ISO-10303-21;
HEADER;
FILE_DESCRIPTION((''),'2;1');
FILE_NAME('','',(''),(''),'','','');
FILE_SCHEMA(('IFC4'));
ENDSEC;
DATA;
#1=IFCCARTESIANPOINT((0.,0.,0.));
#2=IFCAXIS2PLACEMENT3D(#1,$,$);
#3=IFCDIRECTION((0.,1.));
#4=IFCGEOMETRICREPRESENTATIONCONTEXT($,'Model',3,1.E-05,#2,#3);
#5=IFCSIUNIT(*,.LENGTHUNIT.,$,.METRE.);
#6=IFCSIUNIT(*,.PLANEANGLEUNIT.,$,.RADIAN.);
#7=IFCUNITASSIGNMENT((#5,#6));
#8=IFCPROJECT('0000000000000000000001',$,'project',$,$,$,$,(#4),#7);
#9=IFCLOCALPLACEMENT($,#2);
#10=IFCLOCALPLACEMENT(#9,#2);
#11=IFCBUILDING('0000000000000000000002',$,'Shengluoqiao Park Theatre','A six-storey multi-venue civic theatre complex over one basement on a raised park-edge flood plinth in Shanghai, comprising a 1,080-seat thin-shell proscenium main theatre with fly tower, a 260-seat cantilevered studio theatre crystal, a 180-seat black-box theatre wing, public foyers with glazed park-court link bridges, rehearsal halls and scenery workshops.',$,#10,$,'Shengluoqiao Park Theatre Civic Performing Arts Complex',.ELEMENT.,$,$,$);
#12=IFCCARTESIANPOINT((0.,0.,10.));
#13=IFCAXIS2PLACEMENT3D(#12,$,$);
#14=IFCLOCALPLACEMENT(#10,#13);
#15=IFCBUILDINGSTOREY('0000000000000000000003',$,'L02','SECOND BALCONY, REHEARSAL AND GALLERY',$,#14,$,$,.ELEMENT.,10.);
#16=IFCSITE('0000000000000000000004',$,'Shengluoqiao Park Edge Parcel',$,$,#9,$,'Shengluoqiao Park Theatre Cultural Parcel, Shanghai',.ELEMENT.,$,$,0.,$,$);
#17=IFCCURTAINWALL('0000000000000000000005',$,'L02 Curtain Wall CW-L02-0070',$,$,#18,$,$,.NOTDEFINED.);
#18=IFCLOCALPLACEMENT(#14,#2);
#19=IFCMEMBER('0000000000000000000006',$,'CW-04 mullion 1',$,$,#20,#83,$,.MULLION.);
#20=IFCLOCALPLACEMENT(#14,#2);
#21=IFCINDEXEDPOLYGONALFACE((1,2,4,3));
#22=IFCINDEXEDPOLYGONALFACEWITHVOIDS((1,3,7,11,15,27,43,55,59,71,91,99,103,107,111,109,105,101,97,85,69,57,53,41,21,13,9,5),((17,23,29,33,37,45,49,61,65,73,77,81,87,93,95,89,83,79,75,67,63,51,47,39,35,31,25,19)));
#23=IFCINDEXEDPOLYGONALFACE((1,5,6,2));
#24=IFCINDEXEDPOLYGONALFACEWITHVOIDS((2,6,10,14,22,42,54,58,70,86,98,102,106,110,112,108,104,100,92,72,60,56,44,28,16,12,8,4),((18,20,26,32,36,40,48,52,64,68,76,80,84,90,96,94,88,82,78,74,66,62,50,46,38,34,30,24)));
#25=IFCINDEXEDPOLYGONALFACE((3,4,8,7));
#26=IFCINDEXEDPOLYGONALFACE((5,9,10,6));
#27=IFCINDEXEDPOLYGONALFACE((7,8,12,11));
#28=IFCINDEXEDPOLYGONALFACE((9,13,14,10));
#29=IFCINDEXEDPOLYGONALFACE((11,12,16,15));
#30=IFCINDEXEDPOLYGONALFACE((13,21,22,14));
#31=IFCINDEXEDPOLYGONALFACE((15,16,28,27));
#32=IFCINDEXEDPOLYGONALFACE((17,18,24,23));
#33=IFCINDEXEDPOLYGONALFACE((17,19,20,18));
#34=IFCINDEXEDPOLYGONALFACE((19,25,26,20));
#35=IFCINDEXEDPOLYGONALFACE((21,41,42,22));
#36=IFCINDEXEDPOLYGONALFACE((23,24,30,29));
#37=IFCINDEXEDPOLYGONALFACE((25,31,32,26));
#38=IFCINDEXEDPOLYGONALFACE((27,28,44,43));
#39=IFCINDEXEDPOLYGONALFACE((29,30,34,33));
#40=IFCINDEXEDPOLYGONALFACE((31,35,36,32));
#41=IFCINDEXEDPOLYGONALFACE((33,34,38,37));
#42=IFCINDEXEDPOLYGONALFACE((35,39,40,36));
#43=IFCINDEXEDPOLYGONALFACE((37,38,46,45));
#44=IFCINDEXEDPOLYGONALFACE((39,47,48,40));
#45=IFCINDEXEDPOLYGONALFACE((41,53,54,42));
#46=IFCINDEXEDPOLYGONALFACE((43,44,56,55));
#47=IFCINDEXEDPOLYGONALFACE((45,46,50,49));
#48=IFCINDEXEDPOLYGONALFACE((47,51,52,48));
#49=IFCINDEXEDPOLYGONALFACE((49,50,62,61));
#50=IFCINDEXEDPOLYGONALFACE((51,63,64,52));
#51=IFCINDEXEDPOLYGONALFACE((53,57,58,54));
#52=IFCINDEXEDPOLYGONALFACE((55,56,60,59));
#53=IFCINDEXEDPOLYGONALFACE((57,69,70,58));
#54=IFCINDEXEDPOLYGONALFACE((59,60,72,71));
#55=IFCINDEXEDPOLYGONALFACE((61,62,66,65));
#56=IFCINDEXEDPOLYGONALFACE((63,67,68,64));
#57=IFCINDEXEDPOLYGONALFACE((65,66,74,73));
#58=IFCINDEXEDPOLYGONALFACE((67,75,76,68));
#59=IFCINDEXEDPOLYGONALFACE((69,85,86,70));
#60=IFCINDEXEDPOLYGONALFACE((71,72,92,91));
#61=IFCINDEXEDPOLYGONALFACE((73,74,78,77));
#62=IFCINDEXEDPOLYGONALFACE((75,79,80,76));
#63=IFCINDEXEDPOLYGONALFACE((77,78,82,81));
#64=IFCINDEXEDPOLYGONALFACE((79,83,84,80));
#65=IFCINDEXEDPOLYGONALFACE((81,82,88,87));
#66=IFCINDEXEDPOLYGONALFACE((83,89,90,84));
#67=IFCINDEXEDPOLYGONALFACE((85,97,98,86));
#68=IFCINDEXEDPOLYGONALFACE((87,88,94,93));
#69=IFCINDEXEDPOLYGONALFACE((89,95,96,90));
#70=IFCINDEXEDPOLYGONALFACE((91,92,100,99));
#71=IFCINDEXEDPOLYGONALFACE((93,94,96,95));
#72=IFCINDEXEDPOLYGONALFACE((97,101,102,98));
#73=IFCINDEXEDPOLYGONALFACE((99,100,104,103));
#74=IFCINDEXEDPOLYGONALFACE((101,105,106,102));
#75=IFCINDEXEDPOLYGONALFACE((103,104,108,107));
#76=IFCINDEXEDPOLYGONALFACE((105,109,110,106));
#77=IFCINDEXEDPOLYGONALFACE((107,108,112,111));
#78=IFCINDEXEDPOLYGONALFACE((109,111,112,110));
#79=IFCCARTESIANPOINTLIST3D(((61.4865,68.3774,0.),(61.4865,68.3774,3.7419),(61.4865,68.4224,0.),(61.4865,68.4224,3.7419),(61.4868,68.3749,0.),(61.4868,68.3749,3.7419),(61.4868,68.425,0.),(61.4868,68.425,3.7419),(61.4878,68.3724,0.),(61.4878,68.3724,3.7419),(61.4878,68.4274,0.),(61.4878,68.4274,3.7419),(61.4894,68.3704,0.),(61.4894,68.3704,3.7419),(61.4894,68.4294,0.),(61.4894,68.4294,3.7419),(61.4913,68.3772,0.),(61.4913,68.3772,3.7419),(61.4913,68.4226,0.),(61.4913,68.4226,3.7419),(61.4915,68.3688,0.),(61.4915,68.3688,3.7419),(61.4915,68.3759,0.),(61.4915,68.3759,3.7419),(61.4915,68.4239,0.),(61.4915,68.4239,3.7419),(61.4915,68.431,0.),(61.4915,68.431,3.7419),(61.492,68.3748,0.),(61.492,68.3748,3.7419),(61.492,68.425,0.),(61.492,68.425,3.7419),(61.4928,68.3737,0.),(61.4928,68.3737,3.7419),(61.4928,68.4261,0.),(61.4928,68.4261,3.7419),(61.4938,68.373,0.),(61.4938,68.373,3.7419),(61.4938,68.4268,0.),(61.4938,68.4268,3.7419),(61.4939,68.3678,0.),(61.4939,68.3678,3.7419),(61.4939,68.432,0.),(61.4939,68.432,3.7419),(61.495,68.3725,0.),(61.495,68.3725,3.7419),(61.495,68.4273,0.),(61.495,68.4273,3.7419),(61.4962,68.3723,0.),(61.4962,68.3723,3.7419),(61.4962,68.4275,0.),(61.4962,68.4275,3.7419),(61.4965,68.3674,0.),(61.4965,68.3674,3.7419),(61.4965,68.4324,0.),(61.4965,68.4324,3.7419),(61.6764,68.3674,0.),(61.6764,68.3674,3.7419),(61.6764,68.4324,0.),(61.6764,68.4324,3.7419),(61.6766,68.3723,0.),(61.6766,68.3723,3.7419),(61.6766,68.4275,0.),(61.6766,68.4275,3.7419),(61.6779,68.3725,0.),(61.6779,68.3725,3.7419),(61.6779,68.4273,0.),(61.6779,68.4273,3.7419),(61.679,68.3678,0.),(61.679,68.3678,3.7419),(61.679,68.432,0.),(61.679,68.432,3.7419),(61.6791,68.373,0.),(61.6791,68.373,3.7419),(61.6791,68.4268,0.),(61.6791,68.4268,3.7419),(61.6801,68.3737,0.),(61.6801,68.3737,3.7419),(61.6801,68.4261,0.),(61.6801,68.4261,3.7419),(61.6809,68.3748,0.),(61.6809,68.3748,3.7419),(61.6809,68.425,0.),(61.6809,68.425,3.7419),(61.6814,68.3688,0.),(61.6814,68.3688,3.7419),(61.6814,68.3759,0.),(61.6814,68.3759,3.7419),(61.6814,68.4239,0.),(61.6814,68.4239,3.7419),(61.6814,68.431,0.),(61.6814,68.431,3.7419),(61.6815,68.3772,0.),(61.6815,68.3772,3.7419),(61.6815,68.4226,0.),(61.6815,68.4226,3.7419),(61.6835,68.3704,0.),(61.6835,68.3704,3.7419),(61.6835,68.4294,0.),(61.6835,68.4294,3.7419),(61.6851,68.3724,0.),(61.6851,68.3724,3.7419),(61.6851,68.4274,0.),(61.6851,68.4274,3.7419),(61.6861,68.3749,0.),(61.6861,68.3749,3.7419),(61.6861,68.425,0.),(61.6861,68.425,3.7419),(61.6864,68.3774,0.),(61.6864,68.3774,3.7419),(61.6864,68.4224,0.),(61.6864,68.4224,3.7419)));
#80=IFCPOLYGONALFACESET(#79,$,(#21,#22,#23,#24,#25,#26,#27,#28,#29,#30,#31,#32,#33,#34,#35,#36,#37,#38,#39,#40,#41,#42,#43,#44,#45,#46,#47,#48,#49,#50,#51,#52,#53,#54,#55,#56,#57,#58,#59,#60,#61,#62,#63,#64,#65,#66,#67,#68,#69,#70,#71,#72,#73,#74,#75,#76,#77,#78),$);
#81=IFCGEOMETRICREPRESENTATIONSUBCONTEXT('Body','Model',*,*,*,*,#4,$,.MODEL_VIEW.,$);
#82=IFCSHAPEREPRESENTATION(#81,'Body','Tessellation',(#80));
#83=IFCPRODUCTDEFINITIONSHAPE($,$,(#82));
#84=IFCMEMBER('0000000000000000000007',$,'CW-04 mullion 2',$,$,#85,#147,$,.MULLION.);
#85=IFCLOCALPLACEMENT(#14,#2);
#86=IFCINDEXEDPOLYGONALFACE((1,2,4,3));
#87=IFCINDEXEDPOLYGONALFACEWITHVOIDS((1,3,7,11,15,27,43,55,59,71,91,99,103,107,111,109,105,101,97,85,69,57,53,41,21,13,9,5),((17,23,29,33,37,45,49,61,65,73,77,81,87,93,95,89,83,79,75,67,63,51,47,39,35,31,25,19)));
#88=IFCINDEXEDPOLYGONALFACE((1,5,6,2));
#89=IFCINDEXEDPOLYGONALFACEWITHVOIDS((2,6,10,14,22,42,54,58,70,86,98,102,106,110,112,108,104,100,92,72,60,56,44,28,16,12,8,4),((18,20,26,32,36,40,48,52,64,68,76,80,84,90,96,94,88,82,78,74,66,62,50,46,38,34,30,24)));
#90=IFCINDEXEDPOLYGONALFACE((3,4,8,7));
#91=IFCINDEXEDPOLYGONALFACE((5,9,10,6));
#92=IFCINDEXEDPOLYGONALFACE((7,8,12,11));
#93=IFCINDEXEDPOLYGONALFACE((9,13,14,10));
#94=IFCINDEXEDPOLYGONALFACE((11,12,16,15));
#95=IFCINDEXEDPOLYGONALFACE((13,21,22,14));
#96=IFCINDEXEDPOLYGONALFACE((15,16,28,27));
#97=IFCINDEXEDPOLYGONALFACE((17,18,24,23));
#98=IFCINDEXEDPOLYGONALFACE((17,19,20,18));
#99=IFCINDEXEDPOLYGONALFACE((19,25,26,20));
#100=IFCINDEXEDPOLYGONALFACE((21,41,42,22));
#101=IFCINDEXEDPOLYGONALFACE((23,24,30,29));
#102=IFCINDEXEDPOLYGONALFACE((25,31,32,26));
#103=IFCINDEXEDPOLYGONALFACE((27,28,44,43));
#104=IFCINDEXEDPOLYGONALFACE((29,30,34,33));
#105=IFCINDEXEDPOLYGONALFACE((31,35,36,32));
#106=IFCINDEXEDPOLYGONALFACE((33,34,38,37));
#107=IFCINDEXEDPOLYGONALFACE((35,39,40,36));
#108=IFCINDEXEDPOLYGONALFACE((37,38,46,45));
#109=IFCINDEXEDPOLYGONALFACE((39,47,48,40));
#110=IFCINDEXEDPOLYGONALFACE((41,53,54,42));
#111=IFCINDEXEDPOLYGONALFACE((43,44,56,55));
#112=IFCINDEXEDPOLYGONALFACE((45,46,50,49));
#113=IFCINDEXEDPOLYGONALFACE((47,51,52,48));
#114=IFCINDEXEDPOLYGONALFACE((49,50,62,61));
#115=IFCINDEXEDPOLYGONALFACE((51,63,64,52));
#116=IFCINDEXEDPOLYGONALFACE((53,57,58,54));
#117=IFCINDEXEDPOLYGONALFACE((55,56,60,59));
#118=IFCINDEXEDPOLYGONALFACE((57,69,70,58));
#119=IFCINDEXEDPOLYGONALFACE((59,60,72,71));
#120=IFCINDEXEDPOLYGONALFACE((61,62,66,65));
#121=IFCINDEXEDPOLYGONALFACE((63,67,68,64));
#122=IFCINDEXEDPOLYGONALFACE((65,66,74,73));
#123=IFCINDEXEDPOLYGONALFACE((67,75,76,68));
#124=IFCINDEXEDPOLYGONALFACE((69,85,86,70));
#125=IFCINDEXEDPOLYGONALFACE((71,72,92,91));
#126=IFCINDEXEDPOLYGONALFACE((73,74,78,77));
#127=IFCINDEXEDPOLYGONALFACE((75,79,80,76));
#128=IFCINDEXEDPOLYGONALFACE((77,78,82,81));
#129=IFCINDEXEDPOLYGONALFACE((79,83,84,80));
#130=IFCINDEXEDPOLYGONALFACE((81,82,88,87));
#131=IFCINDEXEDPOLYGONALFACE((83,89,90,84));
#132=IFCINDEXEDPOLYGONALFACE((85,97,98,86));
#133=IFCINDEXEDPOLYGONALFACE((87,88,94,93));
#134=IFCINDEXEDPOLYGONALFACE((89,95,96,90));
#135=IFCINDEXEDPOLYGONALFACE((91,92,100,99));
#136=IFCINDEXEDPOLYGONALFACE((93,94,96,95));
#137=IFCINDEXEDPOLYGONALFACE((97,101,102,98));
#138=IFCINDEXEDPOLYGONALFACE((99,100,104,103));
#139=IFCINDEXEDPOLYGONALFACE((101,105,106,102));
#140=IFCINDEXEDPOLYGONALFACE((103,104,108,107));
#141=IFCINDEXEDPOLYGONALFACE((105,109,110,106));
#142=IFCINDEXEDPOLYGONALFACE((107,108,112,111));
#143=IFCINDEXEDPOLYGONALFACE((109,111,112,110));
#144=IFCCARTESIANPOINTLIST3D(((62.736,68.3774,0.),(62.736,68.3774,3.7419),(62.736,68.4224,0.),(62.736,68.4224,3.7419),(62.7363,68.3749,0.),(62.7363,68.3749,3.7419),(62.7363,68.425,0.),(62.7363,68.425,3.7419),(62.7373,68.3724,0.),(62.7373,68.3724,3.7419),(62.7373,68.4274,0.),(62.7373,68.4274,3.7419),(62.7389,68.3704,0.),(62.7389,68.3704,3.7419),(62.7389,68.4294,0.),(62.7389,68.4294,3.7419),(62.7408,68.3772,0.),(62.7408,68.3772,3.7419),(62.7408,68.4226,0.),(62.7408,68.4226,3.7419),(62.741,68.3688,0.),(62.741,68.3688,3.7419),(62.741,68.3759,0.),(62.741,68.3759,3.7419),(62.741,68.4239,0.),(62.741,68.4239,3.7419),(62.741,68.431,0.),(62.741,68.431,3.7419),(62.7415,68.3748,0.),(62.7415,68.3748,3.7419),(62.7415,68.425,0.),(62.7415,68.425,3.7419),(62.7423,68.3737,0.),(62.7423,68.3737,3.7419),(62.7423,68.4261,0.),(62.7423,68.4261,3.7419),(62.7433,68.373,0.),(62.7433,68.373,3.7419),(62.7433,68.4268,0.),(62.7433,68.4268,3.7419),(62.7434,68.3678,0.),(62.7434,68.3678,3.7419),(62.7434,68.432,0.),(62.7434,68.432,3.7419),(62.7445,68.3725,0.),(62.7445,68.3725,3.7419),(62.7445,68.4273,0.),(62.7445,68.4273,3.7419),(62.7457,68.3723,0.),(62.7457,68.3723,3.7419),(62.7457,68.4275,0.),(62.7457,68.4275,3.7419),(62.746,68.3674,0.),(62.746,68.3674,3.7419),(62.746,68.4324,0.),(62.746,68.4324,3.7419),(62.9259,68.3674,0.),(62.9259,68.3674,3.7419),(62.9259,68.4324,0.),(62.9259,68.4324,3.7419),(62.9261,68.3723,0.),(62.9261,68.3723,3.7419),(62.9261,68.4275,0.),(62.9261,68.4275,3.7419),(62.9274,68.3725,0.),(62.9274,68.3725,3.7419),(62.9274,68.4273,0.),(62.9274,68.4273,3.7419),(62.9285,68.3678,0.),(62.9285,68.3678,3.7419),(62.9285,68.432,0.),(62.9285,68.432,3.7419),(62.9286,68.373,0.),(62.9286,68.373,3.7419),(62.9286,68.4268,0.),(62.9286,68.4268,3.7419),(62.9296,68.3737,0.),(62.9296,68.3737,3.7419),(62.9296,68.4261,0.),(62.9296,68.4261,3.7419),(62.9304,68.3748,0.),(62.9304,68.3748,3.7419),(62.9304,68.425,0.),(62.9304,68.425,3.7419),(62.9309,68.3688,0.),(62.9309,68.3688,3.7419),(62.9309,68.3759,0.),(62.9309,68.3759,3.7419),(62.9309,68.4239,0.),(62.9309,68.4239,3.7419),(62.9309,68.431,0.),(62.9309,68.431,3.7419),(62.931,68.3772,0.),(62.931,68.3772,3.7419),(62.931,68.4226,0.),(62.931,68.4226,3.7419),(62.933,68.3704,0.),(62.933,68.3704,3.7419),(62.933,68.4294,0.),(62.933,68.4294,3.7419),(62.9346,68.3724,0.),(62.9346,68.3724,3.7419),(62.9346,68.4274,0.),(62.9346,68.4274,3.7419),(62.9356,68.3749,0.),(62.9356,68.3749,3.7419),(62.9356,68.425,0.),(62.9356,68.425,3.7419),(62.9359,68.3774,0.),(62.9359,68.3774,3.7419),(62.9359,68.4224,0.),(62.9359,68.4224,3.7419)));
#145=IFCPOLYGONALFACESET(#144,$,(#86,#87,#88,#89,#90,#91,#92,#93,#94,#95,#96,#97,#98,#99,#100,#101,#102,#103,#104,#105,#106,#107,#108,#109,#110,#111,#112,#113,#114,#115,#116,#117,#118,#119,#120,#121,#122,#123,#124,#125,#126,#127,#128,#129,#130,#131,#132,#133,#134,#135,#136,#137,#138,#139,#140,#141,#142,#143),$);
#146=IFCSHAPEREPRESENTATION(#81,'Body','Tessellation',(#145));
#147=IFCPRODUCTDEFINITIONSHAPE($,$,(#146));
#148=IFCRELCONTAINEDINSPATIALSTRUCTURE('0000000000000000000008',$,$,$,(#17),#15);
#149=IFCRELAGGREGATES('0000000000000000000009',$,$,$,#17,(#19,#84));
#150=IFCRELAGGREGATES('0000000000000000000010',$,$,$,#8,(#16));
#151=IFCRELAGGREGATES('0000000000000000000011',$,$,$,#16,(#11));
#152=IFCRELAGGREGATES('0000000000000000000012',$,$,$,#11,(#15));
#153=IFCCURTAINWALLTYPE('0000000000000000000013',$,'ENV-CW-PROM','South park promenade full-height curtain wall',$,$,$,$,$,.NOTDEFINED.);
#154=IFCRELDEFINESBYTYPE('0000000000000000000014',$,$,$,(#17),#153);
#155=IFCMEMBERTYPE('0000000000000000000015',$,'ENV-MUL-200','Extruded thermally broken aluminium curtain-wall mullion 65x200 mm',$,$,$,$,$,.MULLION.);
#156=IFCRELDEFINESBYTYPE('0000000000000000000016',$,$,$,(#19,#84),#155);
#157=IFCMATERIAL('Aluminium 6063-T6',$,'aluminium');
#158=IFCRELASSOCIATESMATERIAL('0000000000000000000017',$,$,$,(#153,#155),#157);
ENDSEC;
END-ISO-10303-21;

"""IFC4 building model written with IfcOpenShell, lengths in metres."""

from ifc_helpers import new_model, si_unit, direction, frame, origin, origin_2d, place, context, subcontext, project, spatial, hollow_rectangle, extrude, material, material_profile, profile_set, type_object, element, aggregate, save


model = new_model("IFC4")

# Units and contexts
model_context = context("Model", 3, precision=1e-05, world=origin(), true_north=direction((0.0, 1.0)))
body_context = subcontext(model_context, "Body", "Model", "MODEL_VIEW")
ifc_project = project(units=[si_unit("LENGTHUNIT", "METRE"), si_unit("PLANEANGLEUNIT", "RADIAN")], contexts=[model_context])

# Site, building, storey
site_placement = place(None, origin())
site = spatial("IfcSite", under=ifc_project, at=site_placement, Name="Shengluoqiao Park Edge Parcel", LongName="Shengluoqiao Park Theatre Cultural Parcel, Shanghai", CompositionType="ELEMENT", RefElevation=0.0)
building_placement = place(site_placement, origin())
building = spatial("IfcBuilding", under=site, at=building_placement, Name="Shengluoqiao Park Theatre", Description="A six-storey multi-venue civic theatre complex over one basement on a raised park-edge flood plinth in Shanghai, comprising a 1,080-seat thin-shell proscenium main theatre with fly tower, a 260-seat cantilevered studio theatre crystal, a 180-seat black-box theatre wing, public foyers with glazed park-court link bridges, rehearsal halls and scenery workshops.", LongName="Shengluoqiao Park Theatre Civic Performing Arts Complex", CompositionType="ELEMENT")
storey_placement = place(building_placement, frame((0.0, 0.0, 10.0)))
storey = spatial("IfcBuildingStorey", under=building, at=storey_placement, Name="L02", Description="SECOND BALCONY, REHEARSAL AND GALLERY", CompositionType="ELEMENT", Elevation=10.0)

# Curtain wall, members
ifc_material_1 = material(Name="Aluminium 6063-T6", Category="aluminium")
curtain_wall_type = type_object("IfcCurtainWallType", Name="ENV-CW-PROM", Description="South park promenade full-height curtain wall", PredefinedType="NOTDEFINED", material=ifc_material_1)
ifc_material_profile_1 = material_profile(ifc_material_1, hollow_rectangle(XDim=0.0649, YDim=0.2, WallThickness=0.0049, InnerFilletRadius=0.0049, OuterFilletRadius=0.01, at=origin_2d()), Name="ALU MULLION 200x65x5")
ifc_profile_set_1 = profile_set([ifc_material_profile_1], Name="Aluminium 6063-T6")
member_type_1 = type_object("IfcMemberType", Name="ENV-MUL-200", Description="Extruded thermally broken aluminium curtain-wall mullion 65x200 mm", PredefinedType="MULLION", material=ifc_profile_set_1)
curtain_wall_1_placement = place(storey_placement, origin())
curtain_wall_1 = element("IfcCurtainWall", 1, at=curtain_wall_1_placement, inside=storey, type_object=curtain_wall_type, Name="L02 Curtain Wall CW-L02-0070", PredefinedType="NOTDEFINED")
member_1_placement = place(storey_placement, frame((61.5864, 68.3999, 0.0), z_axis=(0.0, 0.0, 1.0), x_axis=(0.0, 1.0, 0.0)))
member_1 = element("IfcMember", 2, at=member_1_placement, type_object=member_type_1, Name="CW-04 mullion 1", PredefinedType="MULLION", context=body_context, shape_type="SweptSolid", body=[
    extrude(hollow_rectangle(XDim=0.0649, YDim=0.2, WallThickness=0.0049, InnerFilletRadius=0.0049, OuterFilletRadius=0.01, at=origin_2d()), origin(), (0.0, 0.0, 1.0), 3.7419),
])
member_2_placement = place(storey_placement, frame((62.8359, 68.3999, 0.0), z_axis=(0.0, 0.0, 1.0), x_axis=(0.0, 1.0, 0.0)))
member_2 = element("IfcMember", 3, at=member_2_placement, type_object=member_type_1, Name="CW-04 mullion 2", PredefinedType="MULLION", context=body_context, shape_type="SweptSolid", body=[
    extrude(hollow_rectangle(XDim=0.0649, YDim=0.2, WallThickness=0.0049, InnerFilletRadius=0.0049, OuterFilletRadius=0.01, at=origin_2d()), origin(), (0.0, 0.0, 1.0), 3.7419),
])

aggregate(curtain_wall_1, [member_1, member_2])

save(model, "model.ifc")
